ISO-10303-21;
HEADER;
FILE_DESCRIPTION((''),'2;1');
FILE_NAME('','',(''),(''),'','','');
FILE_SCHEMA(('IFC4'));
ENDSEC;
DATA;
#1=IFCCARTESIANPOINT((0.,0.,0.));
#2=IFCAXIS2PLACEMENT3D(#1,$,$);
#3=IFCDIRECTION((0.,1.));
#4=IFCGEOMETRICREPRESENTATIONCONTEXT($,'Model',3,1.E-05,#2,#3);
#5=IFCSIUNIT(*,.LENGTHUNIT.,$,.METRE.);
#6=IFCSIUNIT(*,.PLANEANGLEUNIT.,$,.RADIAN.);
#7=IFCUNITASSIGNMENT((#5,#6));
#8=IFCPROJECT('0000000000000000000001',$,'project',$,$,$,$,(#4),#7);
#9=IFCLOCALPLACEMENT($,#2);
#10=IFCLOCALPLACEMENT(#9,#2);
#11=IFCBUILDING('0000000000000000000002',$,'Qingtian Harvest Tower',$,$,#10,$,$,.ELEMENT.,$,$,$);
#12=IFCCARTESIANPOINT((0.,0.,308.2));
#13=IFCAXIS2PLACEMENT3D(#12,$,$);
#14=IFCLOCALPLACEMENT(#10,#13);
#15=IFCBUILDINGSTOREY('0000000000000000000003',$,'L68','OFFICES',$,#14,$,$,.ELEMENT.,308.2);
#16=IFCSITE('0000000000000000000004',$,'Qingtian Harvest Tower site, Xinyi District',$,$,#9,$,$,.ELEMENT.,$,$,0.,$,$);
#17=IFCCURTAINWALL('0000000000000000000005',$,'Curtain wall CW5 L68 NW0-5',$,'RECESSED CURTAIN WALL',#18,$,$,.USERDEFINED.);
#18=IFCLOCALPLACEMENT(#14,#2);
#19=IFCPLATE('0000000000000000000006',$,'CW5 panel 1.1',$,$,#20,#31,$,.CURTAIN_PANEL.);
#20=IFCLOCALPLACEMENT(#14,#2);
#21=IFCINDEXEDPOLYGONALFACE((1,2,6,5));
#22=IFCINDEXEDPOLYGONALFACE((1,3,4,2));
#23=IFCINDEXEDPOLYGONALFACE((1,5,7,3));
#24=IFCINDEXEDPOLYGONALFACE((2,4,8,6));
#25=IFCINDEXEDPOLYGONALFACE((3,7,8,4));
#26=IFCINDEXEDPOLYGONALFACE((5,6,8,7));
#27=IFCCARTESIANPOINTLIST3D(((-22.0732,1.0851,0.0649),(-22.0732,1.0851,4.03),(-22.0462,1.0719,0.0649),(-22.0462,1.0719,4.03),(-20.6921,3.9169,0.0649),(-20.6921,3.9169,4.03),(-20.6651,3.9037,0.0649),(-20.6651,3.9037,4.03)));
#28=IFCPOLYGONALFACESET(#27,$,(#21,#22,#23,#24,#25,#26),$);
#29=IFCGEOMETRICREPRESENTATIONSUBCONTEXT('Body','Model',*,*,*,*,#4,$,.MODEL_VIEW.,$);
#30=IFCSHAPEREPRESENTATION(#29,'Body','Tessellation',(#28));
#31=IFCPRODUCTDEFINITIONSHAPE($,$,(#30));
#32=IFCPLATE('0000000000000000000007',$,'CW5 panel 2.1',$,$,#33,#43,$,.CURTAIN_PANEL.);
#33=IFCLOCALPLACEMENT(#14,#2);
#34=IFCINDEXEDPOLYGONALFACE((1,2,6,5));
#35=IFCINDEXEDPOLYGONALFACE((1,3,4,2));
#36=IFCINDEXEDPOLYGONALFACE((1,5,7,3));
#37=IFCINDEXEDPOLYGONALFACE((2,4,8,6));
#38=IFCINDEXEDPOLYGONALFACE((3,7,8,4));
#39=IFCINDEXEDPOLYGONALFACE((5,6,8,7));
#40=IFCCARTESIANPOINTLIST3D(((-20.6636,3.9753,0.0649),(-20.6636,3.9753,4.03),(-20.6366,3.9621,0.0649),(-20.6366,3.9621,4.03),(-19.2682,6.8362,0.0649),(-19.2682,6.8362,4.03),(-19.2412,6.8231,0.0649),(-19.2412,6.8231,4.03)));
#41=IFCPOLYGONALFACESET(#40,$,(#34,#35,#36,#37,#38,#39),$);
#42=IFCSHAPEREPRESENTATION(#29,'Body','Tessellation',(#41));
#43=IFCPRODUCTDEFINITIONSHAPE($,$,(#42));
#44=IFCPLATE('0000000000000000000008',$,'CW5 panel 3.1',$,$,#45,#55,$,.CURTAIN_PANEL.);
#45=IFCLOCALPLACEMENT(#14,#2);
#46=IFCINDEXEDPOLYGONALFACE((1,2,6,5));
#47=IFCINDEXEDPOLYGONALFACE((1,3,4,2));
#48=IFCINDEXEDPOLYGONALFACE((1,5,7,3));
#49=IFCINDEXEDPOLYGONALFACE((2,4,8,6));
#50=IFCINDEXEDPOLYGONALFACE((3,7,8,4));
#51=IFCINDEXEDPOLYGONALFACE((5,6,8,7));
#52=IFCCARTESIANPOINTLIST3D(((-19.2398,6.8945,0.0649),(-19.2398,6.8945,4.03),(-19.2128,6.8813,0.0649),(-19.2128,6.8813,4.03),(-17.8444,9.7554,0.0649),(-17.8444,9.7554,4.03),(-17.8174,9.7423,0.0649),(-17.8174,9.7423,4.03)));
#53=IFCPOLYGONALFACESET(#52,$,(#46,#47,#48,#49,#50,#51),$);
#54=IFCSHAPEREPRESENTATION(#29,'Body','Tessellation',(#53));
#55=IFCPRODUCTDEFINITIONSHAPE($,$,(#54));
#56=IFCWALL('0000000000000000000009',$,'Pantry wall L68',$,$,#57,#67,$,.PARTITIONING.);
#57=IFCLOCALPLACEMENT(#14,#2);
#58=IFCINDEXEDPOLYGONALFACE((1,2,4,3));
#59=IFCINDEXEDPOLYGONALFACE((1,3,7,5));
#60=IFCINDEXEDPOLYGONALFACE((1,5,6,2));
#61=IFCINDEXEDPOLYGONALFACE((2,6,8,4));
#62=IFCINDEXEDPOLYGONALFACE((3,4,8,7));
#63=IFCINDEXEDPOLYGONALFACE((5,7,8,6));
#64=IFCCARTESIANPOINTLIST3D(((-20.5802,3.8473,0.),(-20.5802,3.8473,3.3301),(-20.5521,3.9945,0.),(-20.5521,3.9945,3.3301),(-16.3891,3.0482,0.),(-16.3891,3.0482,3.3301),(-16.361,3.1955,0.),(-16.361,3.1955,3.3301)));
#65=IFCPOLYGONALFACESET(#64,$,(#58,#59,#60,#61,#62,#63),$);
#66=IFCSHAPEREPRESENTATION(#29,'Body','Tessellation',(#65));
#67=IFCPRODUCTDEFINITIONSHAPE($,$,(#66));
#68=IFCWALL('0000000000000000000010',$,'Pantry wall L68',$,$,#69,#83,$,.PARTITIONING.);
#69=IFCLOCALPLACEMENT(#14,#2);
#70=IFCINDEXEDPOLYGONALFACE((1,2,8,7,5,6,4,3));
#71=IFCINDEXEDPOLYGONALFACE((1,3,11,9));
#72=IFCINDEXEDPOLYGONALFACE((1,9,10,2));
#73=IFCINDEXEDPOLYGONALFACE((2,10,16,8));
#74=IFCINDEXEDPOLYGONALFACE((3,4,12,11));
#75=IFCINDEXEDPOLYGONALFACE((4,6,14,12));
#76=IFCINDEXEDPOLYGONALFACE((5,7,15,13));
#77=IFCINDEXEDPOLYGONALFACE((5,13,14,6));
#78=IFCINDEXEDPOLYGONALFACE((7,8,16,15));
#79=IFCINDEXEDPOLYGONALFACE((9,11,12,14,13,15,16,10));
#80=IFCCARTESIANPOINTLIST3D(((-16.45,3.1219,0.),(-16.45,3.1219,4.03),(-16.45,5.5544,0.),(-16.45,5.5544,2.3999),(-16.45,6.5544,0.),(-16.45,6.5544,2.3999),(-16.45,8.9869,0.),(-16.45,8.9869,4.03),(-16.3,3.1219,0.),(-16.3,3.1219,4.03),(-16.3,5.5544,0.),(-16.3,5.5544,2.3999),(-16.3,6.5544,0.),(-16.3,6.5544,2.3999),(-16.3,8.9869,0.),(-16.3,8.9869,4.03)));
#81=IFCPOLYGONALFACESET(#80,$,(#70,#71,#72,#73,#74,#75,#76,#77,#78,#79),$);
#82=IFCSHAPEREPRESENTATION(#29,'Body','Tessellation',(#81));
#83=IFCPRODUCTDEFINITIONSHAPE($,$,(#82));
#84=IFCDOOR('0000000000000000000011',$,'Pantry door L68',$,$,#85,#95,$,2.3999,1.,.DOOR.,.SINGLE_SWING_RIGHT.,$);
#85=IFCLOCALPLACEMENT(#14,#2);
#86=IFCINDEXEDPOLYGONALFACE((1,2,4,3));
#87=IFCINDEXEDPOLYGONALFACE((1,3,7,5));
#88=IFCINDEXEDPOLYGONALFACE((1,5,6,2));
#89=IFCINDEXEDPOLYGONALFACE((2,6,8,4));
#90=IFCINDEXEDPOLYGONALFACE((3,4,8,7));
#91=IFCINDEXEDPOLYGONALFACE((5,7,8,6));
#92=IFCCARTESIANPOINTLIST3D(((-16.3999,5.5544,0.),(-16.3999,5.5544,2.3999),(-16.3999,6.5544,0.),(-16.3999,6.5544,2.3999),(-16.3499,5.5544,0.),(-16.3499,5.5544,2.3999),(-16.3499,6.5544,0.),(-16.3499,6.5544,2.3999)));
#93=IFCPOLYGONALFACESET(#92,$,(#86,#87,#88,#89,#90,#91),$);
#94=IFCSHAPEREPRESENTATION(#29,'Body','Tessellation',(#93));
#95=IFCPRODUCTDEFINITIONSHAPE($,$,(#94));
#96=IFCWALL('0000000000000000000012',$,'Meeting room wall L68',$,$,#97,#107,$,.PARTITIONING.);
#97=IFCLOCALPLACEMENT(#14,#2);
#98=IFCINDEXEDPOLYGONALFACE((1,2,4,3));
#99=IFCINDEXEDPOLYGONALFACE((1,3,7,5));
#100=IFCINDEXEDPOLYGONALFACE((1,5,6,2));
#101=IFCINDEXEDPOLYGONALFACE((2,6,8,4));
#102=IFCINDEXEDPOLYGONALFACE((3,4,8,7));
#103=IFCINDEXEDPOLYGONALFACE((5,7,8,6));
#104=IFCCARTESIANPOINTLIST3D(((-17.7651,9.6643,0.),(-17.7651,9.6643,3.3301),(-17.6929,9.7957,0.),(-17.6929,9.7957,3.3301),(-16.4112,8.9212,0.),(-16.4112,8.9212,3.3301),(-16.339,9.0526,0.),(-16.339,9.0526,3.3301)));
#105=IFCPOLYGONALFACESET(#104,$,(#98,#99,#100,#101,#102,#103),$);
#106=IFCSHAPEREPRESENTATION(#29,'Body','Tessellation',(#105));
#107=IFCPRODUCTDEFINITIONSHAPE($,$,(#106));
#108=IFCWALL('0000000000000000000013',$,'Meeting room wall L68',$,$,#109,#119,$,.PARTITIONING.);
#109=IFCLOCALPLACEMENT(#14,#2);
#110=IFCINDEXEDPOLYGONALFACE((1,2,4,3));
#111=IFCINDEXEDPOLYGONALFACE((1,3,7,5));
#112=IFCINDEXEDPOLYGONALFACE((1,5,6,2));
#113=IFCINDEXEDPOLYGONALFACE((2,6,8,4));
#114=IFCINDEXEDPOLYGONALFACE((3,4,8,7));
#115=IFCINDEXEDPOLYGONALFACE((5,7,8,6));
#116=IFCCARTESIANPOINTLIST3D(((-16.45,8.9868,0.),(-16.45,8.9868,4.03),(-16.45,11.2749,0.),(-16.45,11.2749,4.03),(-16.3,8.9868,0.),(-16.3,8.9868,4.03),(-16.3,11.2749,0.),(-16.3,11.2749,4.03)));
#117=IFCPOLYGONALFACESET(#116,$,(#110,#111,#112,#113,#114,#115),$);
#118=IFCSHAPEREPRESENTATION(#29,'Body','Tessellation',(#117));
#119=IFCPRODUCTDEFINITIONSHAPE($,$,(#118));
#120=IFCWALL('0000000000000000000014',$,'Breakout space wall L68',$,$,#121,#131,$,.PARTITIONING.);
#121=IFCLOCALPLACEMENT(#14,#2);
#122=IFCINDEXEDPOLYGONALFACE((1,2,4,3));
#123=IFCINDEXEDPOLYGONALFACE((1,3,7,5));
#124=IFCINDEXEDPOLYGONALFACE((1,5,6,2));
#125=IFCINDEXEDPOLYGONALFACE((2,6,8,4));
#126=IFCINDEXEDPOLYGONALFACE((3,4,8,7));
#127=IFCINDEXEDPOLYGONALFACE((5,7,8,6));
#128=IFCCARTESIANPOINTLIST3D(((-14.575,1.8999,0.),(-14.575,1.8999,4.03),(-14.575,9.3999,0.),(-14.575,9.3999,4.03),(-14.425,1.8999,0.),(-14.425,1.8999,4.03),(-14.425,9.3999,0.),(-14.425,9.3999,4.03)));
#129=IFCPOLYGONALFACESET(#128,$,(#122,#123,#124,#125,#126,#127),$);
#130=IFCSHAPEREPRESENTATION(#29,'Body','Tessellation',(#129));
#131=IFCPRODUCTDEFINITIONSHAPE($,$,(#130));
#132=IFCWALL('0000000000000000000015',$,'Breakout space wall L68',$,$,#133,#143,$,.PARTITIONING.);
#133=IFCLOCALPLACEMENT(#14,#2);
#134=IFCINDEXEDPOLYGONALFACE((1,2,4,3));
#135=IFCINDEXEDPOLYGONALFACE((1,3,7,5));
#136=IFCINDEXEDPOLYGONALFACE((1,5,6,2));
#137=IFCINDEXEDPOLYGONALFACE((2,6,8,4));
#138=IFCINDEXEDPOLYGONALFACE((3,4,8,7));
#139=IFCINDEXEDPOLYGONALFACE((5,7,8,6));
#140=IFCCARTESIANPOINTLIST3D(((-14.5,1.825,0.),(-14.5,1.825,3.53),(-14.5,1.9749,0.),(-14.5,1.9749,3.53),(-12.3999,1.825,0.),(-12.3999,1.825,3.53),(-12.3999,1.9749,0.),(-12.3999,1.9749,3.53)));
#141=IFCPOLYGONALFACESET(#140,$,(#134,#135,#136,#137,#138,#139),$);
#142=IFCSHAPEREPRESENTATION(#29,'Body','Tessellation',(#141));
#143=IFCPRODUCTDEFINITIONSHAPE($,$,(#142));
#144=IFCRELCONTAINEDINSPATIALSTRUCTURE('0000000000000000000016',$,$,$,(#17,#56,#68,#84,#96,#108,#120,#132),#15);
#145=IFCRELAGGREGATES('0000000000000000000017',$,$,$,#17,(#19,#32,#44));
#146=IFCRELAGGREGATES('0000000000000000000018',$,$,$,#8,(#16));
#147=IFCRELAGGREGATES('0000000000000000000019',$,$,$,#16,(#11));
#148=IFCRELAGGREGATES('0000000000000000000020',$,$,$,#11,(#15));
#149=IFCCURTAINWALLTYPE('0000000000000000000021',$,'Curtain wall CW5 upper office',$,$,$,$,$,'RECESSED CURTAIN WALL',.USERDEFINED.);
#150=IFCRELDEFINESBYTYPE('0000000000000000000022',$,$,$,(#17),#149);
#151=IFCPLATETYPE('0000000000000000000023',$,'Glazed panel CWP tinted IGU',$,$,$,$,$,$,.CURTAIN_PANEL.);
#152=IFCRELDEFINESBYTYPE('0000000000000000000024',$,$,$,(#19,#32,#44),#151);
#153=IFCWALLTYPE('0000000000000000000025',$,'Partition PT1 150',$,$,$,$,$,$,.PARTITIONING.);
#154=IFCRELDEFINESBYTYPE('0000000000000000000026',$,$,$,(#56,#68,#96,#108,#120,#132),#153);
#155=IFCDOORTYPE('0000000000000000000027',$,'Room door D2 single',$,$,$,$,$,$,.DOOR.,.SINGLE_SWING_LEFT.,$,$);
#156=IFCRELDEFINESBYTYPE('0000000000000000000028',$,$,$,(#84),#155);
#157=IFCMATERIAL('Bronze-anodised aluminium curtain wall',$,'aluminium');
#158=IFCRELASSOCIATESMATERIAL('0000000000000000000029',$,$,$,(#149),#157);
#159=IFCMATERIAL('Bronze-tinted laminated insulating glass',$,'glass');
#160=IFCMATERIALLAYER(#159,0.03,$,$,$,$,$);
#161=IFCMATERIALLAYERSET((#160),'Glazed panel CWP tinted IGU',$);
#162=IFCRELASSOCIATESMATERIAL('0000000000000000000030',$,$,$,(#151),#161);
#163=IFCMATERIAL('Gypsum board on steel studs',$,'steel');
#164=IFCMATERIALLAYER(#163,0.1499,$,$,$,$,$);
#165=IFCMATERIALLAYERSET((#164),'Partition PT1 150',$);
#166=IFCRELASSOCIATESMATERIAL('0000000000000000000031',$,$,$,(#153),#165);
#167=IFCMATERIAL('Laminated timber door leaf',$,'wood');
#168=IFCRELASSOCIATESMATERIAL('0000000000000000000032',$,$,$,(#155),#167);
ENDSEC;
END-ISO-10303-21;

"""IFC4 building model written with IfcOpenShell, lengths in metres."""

from ifc_helpers import new_model, si_unit, direction, frame, frame_2d, origin, origin_2d, place, context, subcontext, project, spatial, rectangle, extrude, material, layer, layer_set, type_object, element, fill, aggregate, save


model = new_model("IFC4")

# Units and contexts
model_context = context("Model", 3, precision=1e-05, world=origin(), true_north=direction((0.0, 1.0)))
body_context = subcontext(model_context, "Body", "Model", "MODEL_VIEW")
ifc_project = project(units=[si_unit("LENGTHUNIT", "METRE"), si_unit("PLANEANGLEUNIT", "RADIAN")], contexts=[model_context])

# Site, building, storey
site_placement = place(None, origin())
site = spatial("IfcSite", under=ifc_project, at=site_placement, Name="Qingtian Harvest Tower site, Xinyi District", CompositionType="ELEMENT", RefElevation=0.0)
building_placement = place(site_placement, origin())
building = spatial("IfcBuilding", under=site, at=building_placement, Name="Qingtian Harvest Tower", CompositionType="ELEMENT")
storey_placement = place(building_placement, frame((0.0, 0.0, 308.2)))
storey = spatial("IfcBuildingStorey", under=building, at=storey_placement, Name="L68", Description="OFFICES", CompositionType="ELEMENT", Elevation=308.2)

# Shared definitions
ifc_material_1 = material(Name="Bronze-anodised aluminium curtain wall", Category="aluminium")
curtain_wall_type = type_object("IfcCurtainWallType", Name="Curtain wall CW5 upper office", ElementType="RECESSED CURTAIN WALL", PredefinedType="USERDEFINED", material=ifc_material_1)

# Curtain wall
curtain_wall_1_placement = place(storey_placement, origin())
curtain_wall_1 = element("IfcCurtainWall", 1, at=curtain_wall_1_placement, inside=storey, type_object=curtain_wall_type, Name="Curtain wall CW5 L68 NW0-5", ObjectType="RECESSED CURTAIN WALL", PredefinedType="USERDEFINED")

# Plates
ifc_material_2 = material(Name="Bronze-tinted laminated insulating glass", Category="glass")
ifc_layer_1 = layer(ifc_material_2, 0.03)
ifc_layer_set_1 = layer_set([ifc_layer_1], Name="Glazed panel CWP tinted IGU")
plate_type = type_object("IfcPlateType", Name="Glazed panel CWP tinted IGU", PredefinedType="CURTAIN_PANEL", material=ifc_layer_set_1)
plate_1_placement = place(storey_placement, frame((-21.3691, 2.4944, 0.0649), z_axis=(0.0, 0.0, 1.0), x_axis=(0.438371, 0.898794, 0.0)))
plate_1 = element("IfcPlate", 2, at=plate_1_placement, type_object=plate_type, Name="CW5 panel 1.1", PredefinedType="CURTAIN_PANEL", context=body_context, shape_type="SweptSolid", body=[
    extrude(rectangle(XDim=3.1506, YDim=0.03, at=origin_2d()), origin(), (0.0, 0.0, 1.0), 3.9651),
])
plate_2_placement = place(storey_placement, frame((-19.9524, 5.3992, 0.0649), z_axis=(0.0, 0.0, 1.0), x_axis=(0.438371, 0.898794, 0.0)))
plate_2 = element("IfcPlate", 3, at=plate_2_placement, type_object=plate_type, Name="CW5 panel 2.1", PredefinedType="CURTAIN_PANEL", context=body_context, shape_type="SweptSolid", body=[
    extrude(rectangle(XDim=3.1831, YDim=0.03, at=origin_2d()), origin(), (0.0, 0.0, 1.0), 3.9651),
])
plate_3_placement = place(storey_placement, frame((-18.5286, 8.3184, 0.0649), z_axis=(0.0, 0.0, 1.0), x_axis=(0.438371, 0.898794, 0.0)))
plate_3 = element("IfcPlate", 4, at=plate_3_placement, type_object=plate_type, Name="CW5 panel 3.1", PredefinedType="CURTAIN_PANEL", context=body_context, shape_type="SweptSolid", body=[
    extrude(rectangle(XDim=3.1831, YDim=0.03, at=origin_2d()), origin(), (0.0, 0.0, 1.0), 3.9651),
])
aggregate(curtain_wall_1, [plate_1, plate_2, plate_3])

# Wall
ifc_material_3 = material(Name="Gypsum board on steel studs", Category="steel")
ifc_layer_2 = layer(ifc_material_3, 0.1499)
ifc_layer_set_2 = layer_set([ifc_layer_2], Name="Partition PT1 150")
wall_type = type_object("IfcWallType", Name="Partition PT1 150", PredefinedType="PARTITIONING", material=ifc_layer_set_2)
wall_1_placement = place(storey_placement, frame((-20.5662, 3.9209, 0.0), z_axis=(0.0, 0.0, 1.0), x_axis=(0.982306, -0.187283, 0.0)))
element("IfcWall", 5, at=wall_1_placement, inside=storey, type_object=wall_type, Name="Pantry wall L68", PredefinedType="PARTITIONING", context=body_context, shape_type="SweptSolid", body=[
    extrude(rectangle(XDim=4.2666, YDim=0.1499, at=frame_2d((2.1333, 0.0))), origin(), (0.0, 0.0, 1.0), 3.3301),
])

# Wall, opening, door
wall_2_placement = place(storey_placement, frame((-16.375, 3.1218, 0.0), z_axis=(0.0, 0.0, 1.0), x_axis=(0.0, 1.0, 0.0)))
wall_2 = element("IfcWall", 6, at=wall_2_placement, inside=storey, type_object=wall_type, Name="Pantry wall L68", PredefinedType="PARTITIONING", context=body_context, shape_type="SweptSolid", body=[
    extrude(rectangle(XDim=5.865, YDim=0.1499, at=frame_2d((2.9326, 0.0))), origin(), (0.0, 0.0, 1.0), 4.03),
])
opening_placement = place(wall_2_placement, frame((2.4326, 0.0, 0.0)))
opening = element("IfcOpeningElement", 7, at=opening_placement, cuts=wall_2, PredefinedType="OPENING", context=body_context, shape_type="SweptSolid", body=[
    extrude(rectangle(XDim=1.0, YDim=2.3999, at=frame_2d((0.5, 1.2))), frame((0.0, 0.085, 0.0), z_axis=(0.0, -1.0, 0.0), x_axis=(1.0, 0.0, 0.0)), (0.0, 0.0, 1.0), 0.1699),
])
ifc_material_4 = material(Name="Laminated timber door leaf", Category="wood")
door_type = type_object("IfcDoorType", Name="Room door D2 single", OperationType="SINGLE_SWING_LEFT", PredefinedType="DOOR", material=ifc_material_4)
door_placement = place(opening_placement, origin())
door = element("IfcDoor", 8, at=door_placement, inside=storey, type_object=door_type, Name="Pantry door L68", OperationType="SINGLE_SWING_RIGHT", OverallHeight=2.3999, OverallWidth=1.0, PredefinedType="DOOR", context=body_context, shape_type="SweptSolid", body=[
    extrude(rectangle(XDim=1.0, YDim=2.3999, at=frame_2d((0.5, 1.2))), frame((0.0, 0.0249, 0.0), z_axis=(0.0, -1.0, 0.0), x_axis=(1.0, 0.0, 0.0)), (0.0, 0.0, 1.0), 0.05),
])
fill(opening, door)

# Walls
wall_3_placement = place(storey_placement, frame((-17.729, 9.73, 0.0), z_axis=(0.0, 0.0, 1.0), x_axis=(0.876636, -0.481154, 0.0)))
element("IfcWall", 9, at=wall_3_placement, inside=storey, type_object=wall_type, Name="Meeting room wall L68", PredefinedType="PARTITIONING", context=body_context, shape_type="SweptSolid", body=[
    extrude(rectangle(XDim=1.5444, YDim=0.1499, at=frame_2d((0.7722, 0.0))), origin(), (0.0, 0.0, 1.0), 3.3301),
])
wall_4_placement = place(storey_placement, frame((-16.375, 8.9868, 0.0), z_axis=(0.0, 0.0, 1.0), x_axis=(0.0, 1.0, 0.0)))
element("IfcWall", 10, at=wall_4_placement, inside=storey, type_object=wall_type, Name="Meeting room wall L68", PredefinedType="PARTITIONING", context=body_context, shape_type="SweptSolid", body=[
    extrude(rectangle(XDim=2.2881, YDim=0.1499, at=frame_2d((1.144, 0.0))), origin(), (0.0, 0.0, 1.0), 4.03),
])
wall_5_placement = place(storey_placement, frame((-14.5, 1.8999, 0.0), z_axis=(0.0, 0.0, 1.0), x_axis=(0.0, 1.0, 0.0)))
element("IfcWall", 11, at=wall_5_placement, inside=storey, type_object=wall_type, Name="Breakout space wall L68", PredefinedType="PARTITIONING", context=body_context, shape_type="SweptSolid", body=[
    extrude(rectangle(XDim=7.5, YDim=0.1499, at=frame_2d((3.75, 0.0))), origin(), (0.0, 0.0, 1.0), 4.03),
])
wall_6_placement = place(storey_placement, frame((-12.3999, 1.8999, 0.0), z_axis=(0.0, 0.0, 1.0), x_axis=(-1.0, 0.0, 0.0)))
element("IfcWall", 12, at=wall_6_placement, inside=storey, type_object=wall_type, Name="Breakout space wall L68", PredefinedType="PARTITIONING", context=body_context, shape_type="SweptSolid", body=[
    extrude(rectangle(XDim=2.1001, YDim=0.1499, at=frame_2d((1.05, 0.0))), origin(), (0.0, 0.0, 1.0), 3.53),
])

save(model, "model.ifc")
